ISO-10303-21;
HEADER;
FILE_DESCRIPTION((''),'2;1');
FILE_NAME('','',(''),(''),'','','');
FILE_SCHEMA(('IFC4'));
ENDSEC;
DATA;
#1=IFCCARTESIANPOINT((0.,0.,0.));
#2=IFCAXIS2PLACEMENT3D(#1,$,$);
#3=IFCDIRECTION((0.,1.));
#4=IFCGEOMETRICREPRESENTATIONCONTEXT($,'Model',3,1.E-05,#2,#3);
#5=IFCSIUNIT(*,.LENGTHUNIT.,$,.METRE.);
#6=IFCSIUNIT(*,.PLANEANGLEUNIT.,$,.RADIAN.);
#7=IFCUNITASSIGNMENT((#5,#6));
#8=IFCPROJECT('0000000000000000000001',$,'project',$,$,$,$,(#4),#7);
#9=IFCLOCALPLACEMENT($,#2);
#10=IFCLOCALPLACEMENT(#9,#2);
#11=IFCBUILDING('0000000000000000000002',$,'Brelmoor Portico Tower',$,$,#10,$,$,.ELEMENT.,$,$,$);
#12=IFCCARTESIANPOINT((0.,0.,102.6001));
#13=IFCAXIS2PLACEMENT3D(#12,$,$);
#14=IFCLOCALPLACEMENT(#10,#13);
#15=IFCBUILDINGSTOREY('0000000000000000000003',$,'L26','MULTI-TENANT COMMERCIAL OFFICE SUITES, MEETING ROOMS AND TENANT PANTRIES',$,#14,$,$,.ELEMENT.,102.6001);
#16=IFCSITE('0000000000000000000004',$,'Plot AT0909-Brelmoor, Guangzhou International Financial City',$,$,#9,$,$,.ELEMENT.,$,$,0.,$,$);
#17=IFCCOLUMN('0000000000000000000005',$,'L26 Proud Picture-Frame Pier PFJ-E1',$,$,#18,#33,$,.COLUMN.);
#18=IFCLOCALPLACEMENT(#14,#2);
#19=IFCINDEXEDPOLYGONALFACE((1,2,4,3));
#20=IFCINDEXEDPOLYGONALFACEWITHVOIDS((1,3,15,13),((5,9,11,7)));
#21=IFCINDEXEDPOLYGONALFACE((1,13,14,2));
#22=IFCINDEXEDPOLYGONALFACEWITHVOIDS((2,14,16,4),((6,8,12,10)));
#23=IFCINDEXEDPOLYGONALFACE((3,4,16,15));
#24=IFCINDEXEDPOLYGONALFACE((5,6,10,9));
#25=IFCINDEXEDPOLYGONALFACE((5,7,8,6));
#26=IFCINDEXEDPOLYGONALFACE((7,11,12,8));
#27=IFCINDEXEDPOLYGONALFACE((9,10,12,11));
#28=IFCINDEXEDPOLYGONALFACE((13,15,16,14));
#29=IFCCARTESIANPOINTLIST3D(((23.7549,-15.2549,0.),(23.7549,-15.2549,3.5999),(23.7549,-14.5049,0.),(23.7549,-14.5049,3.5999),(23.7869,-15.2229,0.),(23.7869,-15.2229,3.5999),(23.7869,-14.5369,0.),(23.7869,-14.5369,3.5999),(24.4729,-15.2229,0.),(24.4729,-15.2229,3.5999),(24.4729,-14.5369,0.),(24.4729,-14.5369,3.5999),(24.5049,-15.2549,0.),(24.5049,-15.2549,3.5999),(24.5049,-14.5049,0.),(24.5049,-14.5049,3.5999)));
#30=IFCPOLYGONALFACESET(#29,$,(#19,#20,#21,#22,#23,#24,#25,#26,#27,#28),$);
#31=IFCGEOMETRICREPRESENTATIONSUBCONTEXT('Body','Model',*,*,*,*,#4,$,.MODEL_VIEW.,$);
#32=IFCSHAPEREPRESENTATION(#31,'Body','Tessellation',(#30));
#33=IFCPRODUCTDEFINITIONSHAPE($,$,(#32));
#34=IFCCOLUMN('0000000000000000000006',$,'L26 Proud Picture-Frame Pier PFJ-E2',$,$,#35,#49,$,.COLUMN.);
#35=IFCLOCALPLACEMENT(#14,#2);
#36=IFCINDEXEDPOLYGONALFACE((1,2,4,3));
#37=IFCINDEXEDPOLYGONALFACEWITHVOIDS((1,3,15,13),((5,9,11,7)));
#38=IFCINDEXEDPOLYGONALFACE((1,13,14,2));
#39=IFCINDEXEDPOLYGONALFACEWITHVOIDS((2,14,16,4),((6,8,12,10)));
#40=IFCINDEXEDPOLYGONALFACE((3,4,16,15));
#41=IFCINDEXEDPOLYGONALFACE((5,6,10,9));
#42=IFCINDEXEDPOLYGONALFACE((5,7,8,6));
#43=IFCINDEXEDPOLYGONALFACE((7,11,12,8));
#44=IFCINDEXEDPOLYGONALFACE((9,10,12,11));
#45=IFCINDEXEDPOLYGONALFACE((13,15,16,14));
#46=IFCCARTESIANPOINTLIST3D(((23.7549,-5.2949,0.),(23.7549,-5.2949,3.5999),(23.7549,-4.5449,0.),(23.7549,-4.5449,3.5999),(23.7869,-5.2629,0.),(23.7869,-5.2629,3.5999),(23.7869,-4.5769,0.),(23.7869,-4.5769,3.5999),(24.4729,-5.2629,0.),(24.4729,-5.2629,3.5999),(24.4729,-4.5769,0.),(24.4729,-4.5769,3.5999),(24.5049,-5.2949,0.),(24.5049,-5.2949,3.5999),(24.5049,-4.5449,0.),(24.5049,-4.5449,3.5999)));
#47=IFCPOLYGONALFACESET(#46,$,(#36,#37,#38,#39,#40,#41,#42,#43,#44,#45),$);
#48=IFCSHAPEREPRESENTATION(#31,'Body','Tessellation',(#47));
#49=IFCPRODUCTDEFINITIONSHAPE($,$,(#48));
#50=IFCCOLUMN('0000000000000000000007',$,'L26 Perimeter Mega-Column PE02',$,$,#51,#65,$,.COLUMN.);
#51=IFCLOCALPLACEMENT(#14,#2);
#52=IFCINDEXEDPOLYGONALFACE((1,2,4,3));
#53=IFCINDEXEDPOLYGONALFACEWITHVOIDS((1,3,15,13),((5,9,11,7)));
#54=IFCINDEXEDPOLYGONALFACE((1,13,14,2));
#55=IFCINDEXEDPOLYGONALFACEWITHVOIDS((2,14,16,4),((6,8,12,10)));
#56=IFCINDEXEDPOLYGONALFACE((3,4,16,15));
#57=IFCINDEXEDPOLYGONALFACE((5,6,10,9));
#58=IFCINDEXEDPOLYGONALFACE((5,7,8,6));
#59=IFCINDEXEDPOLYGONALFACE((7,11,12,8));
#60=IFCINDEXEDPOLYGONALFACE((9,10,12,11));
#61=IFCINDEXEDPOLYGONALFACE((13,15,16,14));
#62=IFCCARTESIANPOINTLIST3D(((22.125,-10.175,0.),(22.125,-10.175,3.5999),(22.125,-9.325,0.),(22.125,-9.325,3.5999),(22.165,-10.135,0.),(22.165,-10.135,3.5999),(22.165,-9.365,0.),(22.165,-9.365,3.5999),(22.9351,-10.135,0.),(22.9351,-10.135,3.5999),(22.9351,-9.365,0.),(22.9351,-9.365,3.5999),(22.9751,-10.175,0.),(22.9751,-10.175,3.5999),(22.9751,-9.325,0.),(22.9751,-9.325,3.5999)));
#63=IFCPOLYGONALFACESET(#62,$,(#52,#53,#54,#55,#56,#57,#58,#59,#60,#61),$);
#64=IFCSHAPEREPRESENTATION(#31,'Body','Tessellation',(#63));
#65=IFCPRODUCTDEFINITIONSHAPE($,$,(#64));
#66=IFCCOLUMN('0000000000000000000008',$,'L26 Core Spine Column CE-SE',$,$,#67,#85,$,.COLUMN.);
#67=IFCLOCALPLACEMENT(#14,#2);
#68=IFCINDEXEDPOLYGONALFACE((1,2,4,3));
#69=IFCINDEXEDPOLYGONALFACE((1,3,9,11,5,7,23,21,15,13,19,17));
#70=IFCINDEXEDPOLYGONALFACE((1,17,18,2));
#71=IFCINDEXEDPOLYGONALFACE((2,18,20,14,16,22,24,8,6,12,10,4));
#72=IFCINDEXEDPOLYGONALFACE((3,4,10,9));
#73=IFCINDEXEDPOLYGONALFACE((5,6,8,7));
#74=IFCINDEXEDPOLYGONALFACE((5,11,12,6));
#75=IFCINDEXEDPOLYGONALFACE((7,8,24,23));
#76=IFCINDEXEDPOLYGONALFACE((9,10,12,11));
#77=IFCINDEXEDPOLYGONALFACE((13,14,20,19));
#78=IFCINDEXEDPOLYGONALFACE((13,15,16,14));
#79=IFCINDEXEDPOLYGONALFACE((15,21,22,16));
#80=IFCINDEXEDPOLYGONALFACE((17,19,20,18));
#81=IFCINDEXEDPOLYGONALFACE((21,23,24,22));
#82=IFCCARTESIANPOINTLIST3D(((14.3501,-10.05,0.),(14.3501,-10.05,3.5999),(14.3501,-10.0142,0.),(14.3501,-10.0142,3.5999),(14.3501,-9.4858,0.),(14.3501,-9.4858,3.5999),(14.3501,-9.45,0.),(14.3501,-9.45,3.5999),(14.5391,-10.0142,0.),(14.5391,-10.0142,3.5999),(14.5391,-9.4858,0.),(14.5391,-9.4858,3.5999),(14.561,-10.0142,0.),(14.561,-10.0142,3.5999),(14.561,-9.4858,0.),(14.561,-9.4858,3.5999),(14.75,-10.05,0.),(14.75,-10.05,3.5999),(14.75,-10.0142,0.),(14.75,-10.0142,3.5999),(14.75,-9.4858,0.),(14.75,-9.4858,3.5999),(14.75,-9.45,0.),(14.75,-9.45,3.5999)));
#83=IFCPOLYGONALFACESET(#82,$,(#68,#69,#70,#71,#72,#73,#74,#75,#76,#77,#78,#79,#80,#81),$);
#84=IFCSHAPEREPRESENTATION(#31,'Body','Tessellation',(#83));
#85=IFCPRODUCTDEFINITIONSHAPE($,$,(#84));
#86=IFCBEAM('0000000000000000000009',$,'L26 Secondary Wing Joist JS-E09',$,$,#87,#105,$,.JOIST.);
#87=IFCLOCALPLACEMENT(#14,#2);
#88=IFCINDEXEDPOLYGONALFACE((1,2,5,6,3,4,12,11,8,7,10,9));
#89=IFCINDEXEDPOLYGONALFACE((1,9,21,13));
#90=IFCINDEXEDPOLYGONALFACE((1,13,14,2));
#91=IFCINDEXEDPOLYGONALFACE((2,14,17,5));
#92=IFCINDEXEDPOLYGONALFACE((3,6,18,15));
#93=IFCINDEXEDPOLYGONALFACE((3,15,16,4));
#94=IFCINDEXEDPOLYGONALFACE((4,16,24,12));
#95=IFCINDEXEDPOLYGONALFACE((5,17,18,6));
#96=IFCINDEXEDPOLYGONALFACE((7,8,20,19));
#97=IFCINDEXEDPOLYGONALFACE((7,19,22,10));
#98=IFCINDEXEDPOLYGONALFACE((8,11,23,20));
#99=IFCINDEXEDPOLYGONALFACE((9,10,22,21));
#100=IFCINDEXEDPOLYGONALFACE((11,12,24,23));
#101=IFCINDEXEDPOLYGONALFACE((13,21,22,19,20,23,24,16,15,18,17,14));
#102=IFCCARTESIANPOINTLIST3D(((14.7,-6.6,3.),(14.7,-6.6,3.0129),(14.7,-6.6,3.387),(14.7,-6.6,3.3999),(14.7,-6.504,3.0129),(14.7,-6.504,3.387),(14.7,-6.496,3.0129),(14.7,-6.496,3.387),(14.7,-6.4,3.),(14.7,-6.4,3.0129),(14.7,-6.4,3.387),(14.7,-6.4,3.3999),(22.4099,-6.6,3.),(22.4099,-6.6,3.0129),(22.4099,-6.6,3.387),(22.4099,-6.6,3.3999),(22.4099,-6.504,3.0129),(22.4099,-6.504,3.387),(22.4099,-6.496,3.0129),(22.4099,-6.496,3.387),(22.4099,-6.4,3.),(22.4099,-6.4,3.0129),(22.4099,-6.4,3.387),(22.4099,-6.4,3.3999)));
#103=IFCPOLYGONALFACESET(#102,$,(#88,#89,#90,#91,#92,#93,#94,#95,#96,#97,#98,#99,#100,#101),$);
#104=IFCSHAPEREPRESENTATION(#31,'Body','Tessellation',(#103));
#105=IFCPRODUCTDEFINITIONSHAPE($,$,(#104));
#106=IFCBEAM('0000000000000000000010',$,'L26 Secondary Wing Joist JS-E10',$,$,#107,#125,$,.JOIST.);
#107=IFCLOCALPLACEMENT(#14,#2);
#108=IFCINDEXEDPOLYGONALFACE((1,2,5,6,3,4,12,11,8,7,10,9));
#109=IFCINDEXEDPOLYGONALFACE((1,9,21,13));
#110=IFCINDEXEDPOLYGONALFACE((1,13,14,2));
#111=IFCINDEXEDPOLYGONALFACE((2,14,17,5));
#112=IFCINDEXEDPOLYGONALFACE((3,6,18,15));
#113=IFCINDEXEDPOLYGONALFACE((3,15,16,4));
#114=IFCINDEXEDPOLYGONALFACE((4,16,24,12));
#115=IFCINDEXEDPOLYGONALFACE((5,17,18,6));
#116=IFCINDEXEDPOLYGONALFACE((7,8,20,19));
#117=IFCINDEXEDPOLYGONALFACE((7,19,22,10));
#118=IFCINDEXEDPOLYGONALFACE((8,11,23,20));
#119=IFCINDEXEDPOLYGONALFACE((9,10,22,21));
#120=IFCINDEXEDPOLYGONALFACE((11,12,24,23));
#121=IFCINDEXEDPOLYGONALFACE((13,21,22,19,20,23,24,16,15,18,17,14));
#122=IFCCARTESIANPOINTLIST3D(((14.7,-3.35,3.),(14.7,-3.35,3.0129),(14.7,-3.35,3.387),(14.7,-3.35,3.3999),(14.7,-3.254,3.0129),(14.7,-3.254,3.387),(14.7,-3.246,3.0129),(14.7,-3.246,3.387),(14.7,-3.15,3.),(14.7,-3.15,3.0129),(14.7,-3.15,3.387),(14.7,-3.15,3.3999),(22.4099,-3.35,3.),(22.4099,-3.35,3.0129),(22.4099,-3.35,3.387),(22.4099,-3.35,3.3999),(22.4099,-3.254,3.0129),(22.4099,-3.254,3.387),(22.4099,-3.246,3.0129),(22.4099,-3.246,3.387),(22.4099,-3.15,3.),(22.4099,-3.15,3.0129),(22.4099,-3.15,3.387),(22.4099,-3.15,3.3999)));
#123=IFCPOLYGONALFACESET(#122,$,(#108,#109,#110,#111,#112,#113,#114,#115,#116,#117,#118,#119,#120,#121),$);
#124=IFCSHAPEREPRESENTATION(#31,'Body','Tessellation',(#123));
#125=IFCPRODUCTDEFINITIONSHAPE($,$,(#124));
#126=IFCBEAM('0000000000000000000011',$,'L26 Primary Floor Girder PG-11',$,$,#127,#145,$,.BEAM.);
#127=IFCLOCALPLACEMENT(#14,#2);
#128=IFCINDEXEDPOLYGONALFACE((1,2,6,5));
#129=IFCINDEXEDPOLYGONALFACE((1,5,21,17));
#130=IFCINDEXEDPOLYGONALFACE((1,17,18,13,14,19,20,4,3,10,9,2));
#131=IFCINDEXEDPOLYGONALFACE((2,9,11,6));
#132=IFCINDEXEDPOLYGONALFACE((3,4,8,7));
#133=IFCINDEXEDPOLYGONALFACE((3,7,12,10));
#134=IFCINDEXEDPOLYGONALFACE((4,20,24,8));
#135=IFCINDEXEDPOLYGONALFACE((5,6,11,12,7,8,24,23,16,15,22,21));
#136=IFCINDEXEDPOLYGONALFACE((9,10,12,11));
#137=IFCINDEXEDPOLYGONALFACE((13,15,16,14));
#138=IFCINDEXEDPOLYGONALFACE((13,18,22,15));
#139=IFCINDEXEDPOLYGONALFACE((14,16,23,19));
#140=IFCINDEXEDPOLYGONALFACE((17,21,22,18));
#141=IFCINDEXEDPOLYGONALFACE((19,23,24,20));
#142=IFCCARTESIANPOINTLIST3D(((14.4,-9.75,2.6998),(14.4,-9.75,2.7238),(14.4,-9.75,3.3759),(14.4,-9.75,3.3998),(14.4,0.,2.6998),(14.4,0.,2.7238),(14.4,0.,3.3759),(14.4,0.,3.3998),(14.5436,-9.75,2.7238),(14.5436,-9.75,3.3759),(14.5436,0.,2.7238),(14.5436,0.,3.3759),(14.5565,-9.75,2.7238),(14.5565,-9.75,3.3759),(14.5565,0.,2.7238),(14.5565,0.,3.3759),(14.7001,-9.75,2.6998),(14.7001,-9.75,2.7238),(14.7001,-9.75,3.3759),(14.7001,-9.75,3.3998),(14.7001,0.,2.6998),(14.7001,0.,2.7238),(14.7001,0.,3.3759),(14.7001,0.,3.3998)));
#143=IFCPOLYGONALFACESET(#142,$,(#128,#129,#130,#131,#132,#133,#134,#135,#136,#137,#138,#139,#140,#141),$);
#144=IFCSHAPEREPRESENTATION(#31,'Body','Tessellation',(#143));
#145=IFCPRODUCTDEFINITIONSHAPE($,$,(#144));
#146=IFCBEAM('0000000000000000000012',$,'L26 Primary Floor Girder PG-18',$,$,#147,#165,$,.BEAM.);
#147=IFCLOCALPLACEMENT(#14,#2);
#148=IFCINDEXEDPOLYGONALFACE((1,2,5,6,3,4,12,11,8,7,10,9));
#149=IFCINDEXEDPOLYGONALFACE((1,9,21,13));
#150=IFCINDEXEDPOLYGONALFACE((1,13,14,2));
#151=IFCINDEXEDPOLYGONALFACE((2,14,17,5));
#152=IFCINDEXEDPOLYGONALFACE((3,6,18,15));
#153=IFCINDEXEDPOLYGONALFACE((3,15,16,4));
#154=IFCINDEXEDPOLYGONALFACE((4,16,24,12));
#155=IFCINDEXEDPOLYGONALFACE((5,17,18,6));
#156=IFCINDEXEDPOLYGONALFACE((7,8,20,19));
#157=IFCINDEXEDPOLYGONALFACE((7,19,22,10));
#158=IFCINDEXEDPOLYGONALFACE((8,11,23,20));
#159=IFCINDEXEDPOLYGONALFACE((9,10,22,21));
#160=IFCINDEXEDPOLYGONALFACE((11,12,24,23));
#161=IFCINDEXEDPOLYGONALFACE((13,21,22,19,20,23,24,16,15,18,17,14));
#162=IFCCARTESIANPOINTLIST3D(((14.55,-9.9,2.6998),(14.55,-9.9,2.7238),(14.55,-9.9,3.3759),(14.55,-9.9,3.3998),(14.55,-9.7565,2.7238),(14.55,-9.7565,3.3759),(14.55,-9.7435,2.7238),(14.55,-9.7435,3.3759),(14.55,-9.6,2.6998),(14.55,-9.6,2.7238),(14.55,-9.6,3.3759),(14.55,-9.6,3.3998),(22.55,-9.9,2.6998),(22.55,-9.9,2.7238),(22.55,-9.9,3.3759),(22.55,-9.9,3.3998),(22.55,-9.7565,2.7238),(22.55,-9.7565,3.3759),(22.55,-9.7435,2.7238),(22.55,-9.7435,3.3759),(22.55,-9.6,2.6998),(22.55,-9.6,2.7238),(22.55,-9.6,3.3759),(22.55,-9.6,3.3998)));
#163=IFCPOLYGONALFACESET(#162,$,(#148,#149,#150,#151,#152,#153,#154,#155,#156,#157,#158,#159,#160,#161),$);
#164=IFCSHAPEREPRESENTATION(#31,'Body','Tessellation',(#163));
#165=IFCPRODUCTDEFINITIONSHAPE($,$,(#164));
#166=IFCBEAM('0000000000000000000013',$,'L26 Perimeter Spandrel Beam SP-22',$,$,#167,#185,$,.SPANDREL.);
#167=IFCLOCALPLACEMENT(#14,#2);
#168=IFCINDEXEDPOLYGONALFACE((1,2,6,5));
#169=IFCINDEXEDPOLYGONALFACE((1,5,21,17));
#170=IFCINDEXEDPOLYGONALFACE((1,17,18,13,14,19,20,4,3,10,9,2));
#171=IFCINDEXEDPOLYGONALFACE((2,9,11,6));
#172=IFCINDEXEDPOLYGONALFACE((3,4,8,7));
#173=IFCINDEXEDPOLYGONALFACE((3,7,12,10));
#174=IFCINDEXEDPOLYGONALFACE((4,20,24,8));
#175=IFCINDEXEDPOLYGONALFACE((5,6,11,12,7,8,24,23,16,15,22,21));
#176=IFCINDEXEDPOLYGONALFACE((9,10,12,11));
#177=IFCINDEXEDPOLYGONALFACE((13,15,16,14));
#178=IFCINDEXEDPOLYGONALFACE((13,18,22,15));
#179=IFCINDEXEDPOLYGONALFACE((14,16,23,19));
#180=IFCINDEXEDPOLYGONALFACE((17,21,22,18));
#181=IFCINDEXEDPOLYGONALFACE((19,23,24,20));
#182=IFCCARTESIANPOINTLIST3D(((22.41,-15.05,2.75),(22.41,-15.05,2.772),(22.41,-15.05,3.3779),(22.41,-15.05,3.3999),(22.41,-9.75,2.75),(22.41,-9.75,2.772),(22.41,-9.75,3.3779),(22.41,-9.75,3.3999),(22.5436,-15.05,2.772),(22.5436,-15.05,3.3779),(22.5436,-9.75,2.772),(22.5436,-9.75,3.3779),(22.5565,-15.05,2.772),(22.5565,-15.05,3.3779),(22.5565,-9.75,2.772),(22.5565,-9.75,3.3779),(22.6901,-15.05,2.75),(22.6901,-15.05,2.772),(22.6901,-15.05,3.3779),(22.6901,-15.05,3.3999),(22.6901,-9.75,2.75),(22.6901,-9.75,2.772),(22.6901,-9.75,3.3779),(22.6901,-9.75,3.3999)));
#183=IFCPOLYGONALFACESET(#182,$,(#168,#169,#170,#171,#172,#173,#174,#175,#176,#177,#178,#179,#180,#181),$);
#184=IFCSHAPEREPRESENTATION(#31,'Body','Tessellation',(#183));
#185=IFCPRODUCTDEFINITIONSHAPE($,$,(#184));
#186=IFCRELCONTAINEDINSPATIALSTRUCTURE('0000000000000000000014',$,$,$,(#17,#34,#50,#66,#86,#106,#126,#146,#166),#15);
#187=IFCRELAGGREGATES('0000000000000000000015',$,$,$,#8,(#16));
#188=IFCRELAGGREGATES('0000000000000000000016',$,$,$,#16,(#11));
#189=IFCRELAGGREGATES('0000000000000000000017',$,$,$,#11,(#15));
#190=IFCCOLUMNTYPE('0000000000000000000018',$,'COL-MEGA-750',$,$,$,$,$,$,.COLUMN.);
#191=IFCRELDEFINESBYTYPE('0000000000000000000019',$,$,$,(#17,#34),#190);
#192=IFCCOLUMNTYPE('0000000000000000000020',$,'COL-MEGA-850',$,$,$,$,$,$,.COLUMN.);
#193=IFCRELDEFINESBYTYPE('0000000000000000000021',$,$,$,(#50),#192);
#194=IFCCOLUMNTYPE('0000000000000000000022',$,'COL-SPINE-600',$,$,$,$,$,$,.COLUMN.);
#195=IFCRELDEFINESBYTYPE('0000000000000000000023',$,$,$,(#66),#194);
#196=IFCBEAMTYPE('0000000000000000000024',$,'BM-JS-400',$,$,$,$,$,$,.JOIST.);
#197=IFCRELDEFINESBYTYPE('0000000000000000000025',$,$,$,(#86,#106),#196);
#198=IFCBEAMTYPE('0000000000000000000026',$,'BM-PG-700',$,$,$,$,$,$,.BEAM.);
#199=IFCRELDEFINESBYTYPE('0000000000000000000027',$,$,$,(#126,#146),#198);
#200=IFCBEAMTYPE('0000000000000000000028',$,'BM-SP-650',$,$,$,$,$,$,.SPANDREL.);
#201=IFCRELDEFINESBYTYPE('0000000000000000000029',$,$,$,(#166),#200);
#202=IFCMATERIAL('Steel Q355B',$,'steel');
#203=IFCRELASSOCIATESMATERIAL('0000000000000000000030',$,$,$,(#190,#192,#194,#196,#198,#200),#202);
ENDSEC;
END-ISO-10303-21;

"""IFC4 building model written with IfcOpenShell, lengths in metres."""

from ifc_helpers import new_model, si_unit, direction, frame, origin, origin_2d, place, context, subcontext, project, spatial, hollow_rectangle, i_section, extrude, material, material_profile, profile_set, type_object, element, save


model = new_model("IFC4")

# Units and contexts
model_context = context("Model", 3, precision=1e-05, world=origin(), true_north=direction((0.0, 1.0)))
body_context = subcontext(model_context, "Body", "Model", "MODEL_VIEW")
ifc_project = project(units=[si_unit("LENGTHUNIT", "METRE"), si_unit("PLANEANGLEUNIT", "RADIAN")], contexts=[model_context])

# Site, building, storey
site_placement = place(None, origin())
site = spatial("IfcSite", under=ifc_project, at=site_placement, Name="Plot AT0909-Brelmoor, Guangzhou International Financial City", CompositionType="ELEMENT", RefElevation=0.0)
building_placement = place(site_placement, origin())
building = spatial("IfcBuilding", under=site, at=building_placement, Name="Brelmoor Portico Tower", CompositionType="ELEMENT")
storey_placement = place(building_placement, frame((0.0, 0.0, 102.6001)))
storey = spatial("IfcBuildingStorey", under=building, at=storey_placement, Name="L26", Description="MULTI-TENANT COMMERCIAL OFFICE SUITES, MEETING ROOMS AND TENANT PANTRIES", CompositionType="ELEMENT", Elevation=102.6001)

# Columns
ifc_material_1 = material(Name="Steel Q355B", Category="steel")
ifc_material_profile_1 = material_profile(ifc_material_1, hollow_rectangle(XDim=0.75, YDim=0.75, WallThickness=0.032, at=origin_2d()), Name="BOX 750x750x32")
ifc_profile_set_1 = profile_set([ifc_material_profile_1], Name="Steel Q355B")
column_type_1 = type_object("IfcColumnType", Name="COL-MEGA-750", PredefinedType="COLUMN", material=ifc_profile_set_1)
for number, where, z_axis, x_axis, name in (
    (1, (24.1299, -14.8799, 0.0), (0.0, 0.0, 1.0), (0.0, 1.0, 0.0), "L26 Proud Picture-Frame Pier PFJ-E1"),
    (2, (24.1299, -4.9199, 0.0), (0.0, 0.0, 1.0), (0.0, 1.0, 0.0), "L26 Proud Picture-Frame Pier PFJ-E2"),
):
    element("IfcColumn", number, at=place(storey_placement, frame(where, z_axis=z_axis, x_axis=x_axis)), inside=storey, type_object=column_type_1, Name=name, PredefinedType="COLUMN", context=body_context, shape_type="SweptSolid", body=[
        extrude(hollow_rectangle(XDim=0.75, YDim=0.75, WallThickness=0.032, at=origin_2d()), origin(), (0.0, 0.0, 1.0), 3.5999),
    ])
ifc_material_profile_2 = material_profile(ifc_material_1, hollow_rectangle(XDim=0.8501, YDim=0.8501, WallThickness=0.04, at=origin_2d()), Name="BOX 850x850x40")
ifc_profile_set_2 = profile_set([ifc_material_profile_2], Name="Steel Q355B")
column_type_2 = type_object("IfcColumnType", Name="COL-MEGA-850", PredefinedType="COLUMN", material=ifc_profile_set_2)
column_1_placement = place(storey_placement, frame((22.55, -9.75, 0.0), z_axis=(0.0, 0.0, 1.0), x_axis=(0.0, 1.0, 0.0)))
element("IfcColumn", 3, at=column_1_placement, inside=storey, type_object=column_type_2, Name="L26 Perimeter Mega-Column PE02", PredefinedType="COLUMN", context=body_context, shape_type="SweptSolid", body=[
    extrude(hollow_rectangle(XDim=0.8501, YDim=0.8501, WallThickness=0.04, at=origin_2d()), origin(), (0.0, 0.0, 1.0), 3.5999),
])
ifc_material_profile_3 = material_profile(ifc_material_1, i_section(OverallWidth=0.3999, OverallDepth=0.6001, WebThickness=0.022, FlangeThickness=0.0359, at=origin_2d()), Name="HW 600x400x22x36")
ifc_profile_set_3 = profile_set([ifc_material_profile_3], Name="Steel Q355B")
column_type_3 = type_object("IfcColumnType", Name="COL-SPINE-600", PredefinedType="COLUMN", material=ifc_profile_set_3)
column_2_placement = place(storey_placement, frame((14.55, -9.75, 0.0), z_axis=(0.0, 0.0, 1.0), x_axis=(1.0, 0.0, 0.0)))
element("IfcColumn", 4, at=column_2_placement, inside=storey, type_object=column_type_3, Name="L26 Core Spine Column CE-SE", PredefinedType="COLUMN", context=body_context, shape_type="SweptSolid", body=[
    extrude(i_section(OverallWidth=0.3999, OverallDepth=0.6001, WebThickness=0.022, FlangeThickness=0.0359, at=origin_2d()), origin(), (0.0, 0.0, 1.0), 3.5999),
])

# Beams
ifc_material_profile_4 = material_profile(ifc_material_1, i_section(OverallWidth=0.2, OverallDepth=0.3999, WebThickness=0.0081, FlangeThickness=0.0129, at=origin_2d()), Name="HN 400x200x8x13")
ifc_profile_set_4 = profile_set([ifc_material_profile_4], Name="Steel Q355B")
beam_type_1 = type_object("IfcBeamType", Name="BM-JS-400", PredefinedType="JOIST", material=ifc_profile_set_4)
for number, where, z_axis, x_axis, name in (
    (5, (14.7, -6.5, 3.2), (1.0, 0.0, 0.0), (0.0, 1.0, 0.0), "L26 Secondary Wing Joist JS-E09"),
    (6, (14.7, -3.25, 3.2), (1.0, 0.0, 0.0), (0.0, 1.0, 0.0), "L26 Secondary Wing Joist JS-E10"),
):
    element("IfcBeam", number, at=place(storey_placement, frame(where, z_axis=z_axis, x_axis=x_axis)), inside=storey, type_object=beam_type_1, Name=name, PredefinedType="JOIST", context=body_context, shape_type="SweptSolid", body=[
        extrude(i_section(OverallWidth=0.2, OverallDepth=0.3999, WebThickness=0.0081, FlangeThickness=0.0129, at=origin_2d()), origin(), (0.0, 0.0, 1.0), 7.71),
    ])
ifc_material_profile_5 = material_profile(ifc_material_1, i_section(OverallWidth=0.3, OverallDepth=0.7, WebThickness=0.0129, FlangeThickness=0.0239, at=origin_2d()), Name="HN 700x300x13x24")
ifc_profile_set_5 = profile_set([ifc_material_profile_5], Name="Steel Q355B")
beam_type_2 = type_object("IfcBeamType", Name="BM-PG-700", PredefinedType="BEAM", material=ifc_profile_set_5)
beam_1_placement = place(storey_placement, frame((14.55, -9.75, 3.0498), z_axis=(0.0, 1.0, 0.0), x_axis=(-1.0, 0.0, 0.0)))
element("IfcBeam", 7, at=beam_1_placement, inside=storey, type_object=beam_type_2, Name="L26 Primary Floor Girder PG-11", PredefinedType="BEAM", context=body_context, shape_type="SweptSolid", body=[
    extrude(i_section(OverallWidth=0.3, OverallDepth=0.7, WebThickness=0.0129, FlangeThickness=0.0239, at=origin_2d()), origin(), (0.0, 0.0, 1.0), 9.75),
])
beam_2_placement = place(storey_placement, frame((14.55, -9.75, 3.0498), z_axis=(1.0, 0.0, 0.0), x_axis=(0.0, 1.0, 0.0)))
element("IfcBeam", 8, at=beam_2_placement, inside=storey, type_object=beam_type_2, Name="L26 Primary Floor Girder PG-18", PredefinedType="BEAM", context=body_context, shape_type="SweptSolid", body=[
    extrude(i_section(OverallWidth=0.3, OverallDepth=0.7, WebThickness=0.0129, FlangeThickness=0.0239, at=origin_2d()), origin(), (0.0, 0.0, 1.0), 8.0),
])
ifc_material_profile_6 = material_profile(ifc_material_1, i_section(OverallWidth=0.28, OverallDepth=0.6499, WebThickness=0.0129, FlangeThickness=0.022, at=origin_2d()), Name="HN 650x280x13x22")
ifc_profile_set_6 = profile_set([ifc_material_profile_6], Name="Steel Q355B")
beam_type_3 = type_object("IfcBeamType", Name="BM-SP-650", PredefinedType="SPANDREL", material=ifc_profile_set_6)
beam_3_placement = place(storey_placement, frame((22.55, -15.05, 3.075), z_axis=(0.0, 1.0, 0.0), x_axis=(-1.0, 0.0, 0.0)))
element("IfcBeam", 9, at=beam_3_placement, inside=storey, type_object=beam_type_3, Name="L26 Perimeter Spandrel Beam SP-22", PredefinedType="SPANDREL", context=body_context, shape_type="SweptSolid", body=[
    extrude(i_section(OverallWidth=0.28, OverallDepth=0.6499, WebThickness=0.0129, FlangeThickness=0.022, at=origin_2d()), origin(), (0.0, 0.0, 1.0), 5.3),
])

save(model, "model.ifc")
